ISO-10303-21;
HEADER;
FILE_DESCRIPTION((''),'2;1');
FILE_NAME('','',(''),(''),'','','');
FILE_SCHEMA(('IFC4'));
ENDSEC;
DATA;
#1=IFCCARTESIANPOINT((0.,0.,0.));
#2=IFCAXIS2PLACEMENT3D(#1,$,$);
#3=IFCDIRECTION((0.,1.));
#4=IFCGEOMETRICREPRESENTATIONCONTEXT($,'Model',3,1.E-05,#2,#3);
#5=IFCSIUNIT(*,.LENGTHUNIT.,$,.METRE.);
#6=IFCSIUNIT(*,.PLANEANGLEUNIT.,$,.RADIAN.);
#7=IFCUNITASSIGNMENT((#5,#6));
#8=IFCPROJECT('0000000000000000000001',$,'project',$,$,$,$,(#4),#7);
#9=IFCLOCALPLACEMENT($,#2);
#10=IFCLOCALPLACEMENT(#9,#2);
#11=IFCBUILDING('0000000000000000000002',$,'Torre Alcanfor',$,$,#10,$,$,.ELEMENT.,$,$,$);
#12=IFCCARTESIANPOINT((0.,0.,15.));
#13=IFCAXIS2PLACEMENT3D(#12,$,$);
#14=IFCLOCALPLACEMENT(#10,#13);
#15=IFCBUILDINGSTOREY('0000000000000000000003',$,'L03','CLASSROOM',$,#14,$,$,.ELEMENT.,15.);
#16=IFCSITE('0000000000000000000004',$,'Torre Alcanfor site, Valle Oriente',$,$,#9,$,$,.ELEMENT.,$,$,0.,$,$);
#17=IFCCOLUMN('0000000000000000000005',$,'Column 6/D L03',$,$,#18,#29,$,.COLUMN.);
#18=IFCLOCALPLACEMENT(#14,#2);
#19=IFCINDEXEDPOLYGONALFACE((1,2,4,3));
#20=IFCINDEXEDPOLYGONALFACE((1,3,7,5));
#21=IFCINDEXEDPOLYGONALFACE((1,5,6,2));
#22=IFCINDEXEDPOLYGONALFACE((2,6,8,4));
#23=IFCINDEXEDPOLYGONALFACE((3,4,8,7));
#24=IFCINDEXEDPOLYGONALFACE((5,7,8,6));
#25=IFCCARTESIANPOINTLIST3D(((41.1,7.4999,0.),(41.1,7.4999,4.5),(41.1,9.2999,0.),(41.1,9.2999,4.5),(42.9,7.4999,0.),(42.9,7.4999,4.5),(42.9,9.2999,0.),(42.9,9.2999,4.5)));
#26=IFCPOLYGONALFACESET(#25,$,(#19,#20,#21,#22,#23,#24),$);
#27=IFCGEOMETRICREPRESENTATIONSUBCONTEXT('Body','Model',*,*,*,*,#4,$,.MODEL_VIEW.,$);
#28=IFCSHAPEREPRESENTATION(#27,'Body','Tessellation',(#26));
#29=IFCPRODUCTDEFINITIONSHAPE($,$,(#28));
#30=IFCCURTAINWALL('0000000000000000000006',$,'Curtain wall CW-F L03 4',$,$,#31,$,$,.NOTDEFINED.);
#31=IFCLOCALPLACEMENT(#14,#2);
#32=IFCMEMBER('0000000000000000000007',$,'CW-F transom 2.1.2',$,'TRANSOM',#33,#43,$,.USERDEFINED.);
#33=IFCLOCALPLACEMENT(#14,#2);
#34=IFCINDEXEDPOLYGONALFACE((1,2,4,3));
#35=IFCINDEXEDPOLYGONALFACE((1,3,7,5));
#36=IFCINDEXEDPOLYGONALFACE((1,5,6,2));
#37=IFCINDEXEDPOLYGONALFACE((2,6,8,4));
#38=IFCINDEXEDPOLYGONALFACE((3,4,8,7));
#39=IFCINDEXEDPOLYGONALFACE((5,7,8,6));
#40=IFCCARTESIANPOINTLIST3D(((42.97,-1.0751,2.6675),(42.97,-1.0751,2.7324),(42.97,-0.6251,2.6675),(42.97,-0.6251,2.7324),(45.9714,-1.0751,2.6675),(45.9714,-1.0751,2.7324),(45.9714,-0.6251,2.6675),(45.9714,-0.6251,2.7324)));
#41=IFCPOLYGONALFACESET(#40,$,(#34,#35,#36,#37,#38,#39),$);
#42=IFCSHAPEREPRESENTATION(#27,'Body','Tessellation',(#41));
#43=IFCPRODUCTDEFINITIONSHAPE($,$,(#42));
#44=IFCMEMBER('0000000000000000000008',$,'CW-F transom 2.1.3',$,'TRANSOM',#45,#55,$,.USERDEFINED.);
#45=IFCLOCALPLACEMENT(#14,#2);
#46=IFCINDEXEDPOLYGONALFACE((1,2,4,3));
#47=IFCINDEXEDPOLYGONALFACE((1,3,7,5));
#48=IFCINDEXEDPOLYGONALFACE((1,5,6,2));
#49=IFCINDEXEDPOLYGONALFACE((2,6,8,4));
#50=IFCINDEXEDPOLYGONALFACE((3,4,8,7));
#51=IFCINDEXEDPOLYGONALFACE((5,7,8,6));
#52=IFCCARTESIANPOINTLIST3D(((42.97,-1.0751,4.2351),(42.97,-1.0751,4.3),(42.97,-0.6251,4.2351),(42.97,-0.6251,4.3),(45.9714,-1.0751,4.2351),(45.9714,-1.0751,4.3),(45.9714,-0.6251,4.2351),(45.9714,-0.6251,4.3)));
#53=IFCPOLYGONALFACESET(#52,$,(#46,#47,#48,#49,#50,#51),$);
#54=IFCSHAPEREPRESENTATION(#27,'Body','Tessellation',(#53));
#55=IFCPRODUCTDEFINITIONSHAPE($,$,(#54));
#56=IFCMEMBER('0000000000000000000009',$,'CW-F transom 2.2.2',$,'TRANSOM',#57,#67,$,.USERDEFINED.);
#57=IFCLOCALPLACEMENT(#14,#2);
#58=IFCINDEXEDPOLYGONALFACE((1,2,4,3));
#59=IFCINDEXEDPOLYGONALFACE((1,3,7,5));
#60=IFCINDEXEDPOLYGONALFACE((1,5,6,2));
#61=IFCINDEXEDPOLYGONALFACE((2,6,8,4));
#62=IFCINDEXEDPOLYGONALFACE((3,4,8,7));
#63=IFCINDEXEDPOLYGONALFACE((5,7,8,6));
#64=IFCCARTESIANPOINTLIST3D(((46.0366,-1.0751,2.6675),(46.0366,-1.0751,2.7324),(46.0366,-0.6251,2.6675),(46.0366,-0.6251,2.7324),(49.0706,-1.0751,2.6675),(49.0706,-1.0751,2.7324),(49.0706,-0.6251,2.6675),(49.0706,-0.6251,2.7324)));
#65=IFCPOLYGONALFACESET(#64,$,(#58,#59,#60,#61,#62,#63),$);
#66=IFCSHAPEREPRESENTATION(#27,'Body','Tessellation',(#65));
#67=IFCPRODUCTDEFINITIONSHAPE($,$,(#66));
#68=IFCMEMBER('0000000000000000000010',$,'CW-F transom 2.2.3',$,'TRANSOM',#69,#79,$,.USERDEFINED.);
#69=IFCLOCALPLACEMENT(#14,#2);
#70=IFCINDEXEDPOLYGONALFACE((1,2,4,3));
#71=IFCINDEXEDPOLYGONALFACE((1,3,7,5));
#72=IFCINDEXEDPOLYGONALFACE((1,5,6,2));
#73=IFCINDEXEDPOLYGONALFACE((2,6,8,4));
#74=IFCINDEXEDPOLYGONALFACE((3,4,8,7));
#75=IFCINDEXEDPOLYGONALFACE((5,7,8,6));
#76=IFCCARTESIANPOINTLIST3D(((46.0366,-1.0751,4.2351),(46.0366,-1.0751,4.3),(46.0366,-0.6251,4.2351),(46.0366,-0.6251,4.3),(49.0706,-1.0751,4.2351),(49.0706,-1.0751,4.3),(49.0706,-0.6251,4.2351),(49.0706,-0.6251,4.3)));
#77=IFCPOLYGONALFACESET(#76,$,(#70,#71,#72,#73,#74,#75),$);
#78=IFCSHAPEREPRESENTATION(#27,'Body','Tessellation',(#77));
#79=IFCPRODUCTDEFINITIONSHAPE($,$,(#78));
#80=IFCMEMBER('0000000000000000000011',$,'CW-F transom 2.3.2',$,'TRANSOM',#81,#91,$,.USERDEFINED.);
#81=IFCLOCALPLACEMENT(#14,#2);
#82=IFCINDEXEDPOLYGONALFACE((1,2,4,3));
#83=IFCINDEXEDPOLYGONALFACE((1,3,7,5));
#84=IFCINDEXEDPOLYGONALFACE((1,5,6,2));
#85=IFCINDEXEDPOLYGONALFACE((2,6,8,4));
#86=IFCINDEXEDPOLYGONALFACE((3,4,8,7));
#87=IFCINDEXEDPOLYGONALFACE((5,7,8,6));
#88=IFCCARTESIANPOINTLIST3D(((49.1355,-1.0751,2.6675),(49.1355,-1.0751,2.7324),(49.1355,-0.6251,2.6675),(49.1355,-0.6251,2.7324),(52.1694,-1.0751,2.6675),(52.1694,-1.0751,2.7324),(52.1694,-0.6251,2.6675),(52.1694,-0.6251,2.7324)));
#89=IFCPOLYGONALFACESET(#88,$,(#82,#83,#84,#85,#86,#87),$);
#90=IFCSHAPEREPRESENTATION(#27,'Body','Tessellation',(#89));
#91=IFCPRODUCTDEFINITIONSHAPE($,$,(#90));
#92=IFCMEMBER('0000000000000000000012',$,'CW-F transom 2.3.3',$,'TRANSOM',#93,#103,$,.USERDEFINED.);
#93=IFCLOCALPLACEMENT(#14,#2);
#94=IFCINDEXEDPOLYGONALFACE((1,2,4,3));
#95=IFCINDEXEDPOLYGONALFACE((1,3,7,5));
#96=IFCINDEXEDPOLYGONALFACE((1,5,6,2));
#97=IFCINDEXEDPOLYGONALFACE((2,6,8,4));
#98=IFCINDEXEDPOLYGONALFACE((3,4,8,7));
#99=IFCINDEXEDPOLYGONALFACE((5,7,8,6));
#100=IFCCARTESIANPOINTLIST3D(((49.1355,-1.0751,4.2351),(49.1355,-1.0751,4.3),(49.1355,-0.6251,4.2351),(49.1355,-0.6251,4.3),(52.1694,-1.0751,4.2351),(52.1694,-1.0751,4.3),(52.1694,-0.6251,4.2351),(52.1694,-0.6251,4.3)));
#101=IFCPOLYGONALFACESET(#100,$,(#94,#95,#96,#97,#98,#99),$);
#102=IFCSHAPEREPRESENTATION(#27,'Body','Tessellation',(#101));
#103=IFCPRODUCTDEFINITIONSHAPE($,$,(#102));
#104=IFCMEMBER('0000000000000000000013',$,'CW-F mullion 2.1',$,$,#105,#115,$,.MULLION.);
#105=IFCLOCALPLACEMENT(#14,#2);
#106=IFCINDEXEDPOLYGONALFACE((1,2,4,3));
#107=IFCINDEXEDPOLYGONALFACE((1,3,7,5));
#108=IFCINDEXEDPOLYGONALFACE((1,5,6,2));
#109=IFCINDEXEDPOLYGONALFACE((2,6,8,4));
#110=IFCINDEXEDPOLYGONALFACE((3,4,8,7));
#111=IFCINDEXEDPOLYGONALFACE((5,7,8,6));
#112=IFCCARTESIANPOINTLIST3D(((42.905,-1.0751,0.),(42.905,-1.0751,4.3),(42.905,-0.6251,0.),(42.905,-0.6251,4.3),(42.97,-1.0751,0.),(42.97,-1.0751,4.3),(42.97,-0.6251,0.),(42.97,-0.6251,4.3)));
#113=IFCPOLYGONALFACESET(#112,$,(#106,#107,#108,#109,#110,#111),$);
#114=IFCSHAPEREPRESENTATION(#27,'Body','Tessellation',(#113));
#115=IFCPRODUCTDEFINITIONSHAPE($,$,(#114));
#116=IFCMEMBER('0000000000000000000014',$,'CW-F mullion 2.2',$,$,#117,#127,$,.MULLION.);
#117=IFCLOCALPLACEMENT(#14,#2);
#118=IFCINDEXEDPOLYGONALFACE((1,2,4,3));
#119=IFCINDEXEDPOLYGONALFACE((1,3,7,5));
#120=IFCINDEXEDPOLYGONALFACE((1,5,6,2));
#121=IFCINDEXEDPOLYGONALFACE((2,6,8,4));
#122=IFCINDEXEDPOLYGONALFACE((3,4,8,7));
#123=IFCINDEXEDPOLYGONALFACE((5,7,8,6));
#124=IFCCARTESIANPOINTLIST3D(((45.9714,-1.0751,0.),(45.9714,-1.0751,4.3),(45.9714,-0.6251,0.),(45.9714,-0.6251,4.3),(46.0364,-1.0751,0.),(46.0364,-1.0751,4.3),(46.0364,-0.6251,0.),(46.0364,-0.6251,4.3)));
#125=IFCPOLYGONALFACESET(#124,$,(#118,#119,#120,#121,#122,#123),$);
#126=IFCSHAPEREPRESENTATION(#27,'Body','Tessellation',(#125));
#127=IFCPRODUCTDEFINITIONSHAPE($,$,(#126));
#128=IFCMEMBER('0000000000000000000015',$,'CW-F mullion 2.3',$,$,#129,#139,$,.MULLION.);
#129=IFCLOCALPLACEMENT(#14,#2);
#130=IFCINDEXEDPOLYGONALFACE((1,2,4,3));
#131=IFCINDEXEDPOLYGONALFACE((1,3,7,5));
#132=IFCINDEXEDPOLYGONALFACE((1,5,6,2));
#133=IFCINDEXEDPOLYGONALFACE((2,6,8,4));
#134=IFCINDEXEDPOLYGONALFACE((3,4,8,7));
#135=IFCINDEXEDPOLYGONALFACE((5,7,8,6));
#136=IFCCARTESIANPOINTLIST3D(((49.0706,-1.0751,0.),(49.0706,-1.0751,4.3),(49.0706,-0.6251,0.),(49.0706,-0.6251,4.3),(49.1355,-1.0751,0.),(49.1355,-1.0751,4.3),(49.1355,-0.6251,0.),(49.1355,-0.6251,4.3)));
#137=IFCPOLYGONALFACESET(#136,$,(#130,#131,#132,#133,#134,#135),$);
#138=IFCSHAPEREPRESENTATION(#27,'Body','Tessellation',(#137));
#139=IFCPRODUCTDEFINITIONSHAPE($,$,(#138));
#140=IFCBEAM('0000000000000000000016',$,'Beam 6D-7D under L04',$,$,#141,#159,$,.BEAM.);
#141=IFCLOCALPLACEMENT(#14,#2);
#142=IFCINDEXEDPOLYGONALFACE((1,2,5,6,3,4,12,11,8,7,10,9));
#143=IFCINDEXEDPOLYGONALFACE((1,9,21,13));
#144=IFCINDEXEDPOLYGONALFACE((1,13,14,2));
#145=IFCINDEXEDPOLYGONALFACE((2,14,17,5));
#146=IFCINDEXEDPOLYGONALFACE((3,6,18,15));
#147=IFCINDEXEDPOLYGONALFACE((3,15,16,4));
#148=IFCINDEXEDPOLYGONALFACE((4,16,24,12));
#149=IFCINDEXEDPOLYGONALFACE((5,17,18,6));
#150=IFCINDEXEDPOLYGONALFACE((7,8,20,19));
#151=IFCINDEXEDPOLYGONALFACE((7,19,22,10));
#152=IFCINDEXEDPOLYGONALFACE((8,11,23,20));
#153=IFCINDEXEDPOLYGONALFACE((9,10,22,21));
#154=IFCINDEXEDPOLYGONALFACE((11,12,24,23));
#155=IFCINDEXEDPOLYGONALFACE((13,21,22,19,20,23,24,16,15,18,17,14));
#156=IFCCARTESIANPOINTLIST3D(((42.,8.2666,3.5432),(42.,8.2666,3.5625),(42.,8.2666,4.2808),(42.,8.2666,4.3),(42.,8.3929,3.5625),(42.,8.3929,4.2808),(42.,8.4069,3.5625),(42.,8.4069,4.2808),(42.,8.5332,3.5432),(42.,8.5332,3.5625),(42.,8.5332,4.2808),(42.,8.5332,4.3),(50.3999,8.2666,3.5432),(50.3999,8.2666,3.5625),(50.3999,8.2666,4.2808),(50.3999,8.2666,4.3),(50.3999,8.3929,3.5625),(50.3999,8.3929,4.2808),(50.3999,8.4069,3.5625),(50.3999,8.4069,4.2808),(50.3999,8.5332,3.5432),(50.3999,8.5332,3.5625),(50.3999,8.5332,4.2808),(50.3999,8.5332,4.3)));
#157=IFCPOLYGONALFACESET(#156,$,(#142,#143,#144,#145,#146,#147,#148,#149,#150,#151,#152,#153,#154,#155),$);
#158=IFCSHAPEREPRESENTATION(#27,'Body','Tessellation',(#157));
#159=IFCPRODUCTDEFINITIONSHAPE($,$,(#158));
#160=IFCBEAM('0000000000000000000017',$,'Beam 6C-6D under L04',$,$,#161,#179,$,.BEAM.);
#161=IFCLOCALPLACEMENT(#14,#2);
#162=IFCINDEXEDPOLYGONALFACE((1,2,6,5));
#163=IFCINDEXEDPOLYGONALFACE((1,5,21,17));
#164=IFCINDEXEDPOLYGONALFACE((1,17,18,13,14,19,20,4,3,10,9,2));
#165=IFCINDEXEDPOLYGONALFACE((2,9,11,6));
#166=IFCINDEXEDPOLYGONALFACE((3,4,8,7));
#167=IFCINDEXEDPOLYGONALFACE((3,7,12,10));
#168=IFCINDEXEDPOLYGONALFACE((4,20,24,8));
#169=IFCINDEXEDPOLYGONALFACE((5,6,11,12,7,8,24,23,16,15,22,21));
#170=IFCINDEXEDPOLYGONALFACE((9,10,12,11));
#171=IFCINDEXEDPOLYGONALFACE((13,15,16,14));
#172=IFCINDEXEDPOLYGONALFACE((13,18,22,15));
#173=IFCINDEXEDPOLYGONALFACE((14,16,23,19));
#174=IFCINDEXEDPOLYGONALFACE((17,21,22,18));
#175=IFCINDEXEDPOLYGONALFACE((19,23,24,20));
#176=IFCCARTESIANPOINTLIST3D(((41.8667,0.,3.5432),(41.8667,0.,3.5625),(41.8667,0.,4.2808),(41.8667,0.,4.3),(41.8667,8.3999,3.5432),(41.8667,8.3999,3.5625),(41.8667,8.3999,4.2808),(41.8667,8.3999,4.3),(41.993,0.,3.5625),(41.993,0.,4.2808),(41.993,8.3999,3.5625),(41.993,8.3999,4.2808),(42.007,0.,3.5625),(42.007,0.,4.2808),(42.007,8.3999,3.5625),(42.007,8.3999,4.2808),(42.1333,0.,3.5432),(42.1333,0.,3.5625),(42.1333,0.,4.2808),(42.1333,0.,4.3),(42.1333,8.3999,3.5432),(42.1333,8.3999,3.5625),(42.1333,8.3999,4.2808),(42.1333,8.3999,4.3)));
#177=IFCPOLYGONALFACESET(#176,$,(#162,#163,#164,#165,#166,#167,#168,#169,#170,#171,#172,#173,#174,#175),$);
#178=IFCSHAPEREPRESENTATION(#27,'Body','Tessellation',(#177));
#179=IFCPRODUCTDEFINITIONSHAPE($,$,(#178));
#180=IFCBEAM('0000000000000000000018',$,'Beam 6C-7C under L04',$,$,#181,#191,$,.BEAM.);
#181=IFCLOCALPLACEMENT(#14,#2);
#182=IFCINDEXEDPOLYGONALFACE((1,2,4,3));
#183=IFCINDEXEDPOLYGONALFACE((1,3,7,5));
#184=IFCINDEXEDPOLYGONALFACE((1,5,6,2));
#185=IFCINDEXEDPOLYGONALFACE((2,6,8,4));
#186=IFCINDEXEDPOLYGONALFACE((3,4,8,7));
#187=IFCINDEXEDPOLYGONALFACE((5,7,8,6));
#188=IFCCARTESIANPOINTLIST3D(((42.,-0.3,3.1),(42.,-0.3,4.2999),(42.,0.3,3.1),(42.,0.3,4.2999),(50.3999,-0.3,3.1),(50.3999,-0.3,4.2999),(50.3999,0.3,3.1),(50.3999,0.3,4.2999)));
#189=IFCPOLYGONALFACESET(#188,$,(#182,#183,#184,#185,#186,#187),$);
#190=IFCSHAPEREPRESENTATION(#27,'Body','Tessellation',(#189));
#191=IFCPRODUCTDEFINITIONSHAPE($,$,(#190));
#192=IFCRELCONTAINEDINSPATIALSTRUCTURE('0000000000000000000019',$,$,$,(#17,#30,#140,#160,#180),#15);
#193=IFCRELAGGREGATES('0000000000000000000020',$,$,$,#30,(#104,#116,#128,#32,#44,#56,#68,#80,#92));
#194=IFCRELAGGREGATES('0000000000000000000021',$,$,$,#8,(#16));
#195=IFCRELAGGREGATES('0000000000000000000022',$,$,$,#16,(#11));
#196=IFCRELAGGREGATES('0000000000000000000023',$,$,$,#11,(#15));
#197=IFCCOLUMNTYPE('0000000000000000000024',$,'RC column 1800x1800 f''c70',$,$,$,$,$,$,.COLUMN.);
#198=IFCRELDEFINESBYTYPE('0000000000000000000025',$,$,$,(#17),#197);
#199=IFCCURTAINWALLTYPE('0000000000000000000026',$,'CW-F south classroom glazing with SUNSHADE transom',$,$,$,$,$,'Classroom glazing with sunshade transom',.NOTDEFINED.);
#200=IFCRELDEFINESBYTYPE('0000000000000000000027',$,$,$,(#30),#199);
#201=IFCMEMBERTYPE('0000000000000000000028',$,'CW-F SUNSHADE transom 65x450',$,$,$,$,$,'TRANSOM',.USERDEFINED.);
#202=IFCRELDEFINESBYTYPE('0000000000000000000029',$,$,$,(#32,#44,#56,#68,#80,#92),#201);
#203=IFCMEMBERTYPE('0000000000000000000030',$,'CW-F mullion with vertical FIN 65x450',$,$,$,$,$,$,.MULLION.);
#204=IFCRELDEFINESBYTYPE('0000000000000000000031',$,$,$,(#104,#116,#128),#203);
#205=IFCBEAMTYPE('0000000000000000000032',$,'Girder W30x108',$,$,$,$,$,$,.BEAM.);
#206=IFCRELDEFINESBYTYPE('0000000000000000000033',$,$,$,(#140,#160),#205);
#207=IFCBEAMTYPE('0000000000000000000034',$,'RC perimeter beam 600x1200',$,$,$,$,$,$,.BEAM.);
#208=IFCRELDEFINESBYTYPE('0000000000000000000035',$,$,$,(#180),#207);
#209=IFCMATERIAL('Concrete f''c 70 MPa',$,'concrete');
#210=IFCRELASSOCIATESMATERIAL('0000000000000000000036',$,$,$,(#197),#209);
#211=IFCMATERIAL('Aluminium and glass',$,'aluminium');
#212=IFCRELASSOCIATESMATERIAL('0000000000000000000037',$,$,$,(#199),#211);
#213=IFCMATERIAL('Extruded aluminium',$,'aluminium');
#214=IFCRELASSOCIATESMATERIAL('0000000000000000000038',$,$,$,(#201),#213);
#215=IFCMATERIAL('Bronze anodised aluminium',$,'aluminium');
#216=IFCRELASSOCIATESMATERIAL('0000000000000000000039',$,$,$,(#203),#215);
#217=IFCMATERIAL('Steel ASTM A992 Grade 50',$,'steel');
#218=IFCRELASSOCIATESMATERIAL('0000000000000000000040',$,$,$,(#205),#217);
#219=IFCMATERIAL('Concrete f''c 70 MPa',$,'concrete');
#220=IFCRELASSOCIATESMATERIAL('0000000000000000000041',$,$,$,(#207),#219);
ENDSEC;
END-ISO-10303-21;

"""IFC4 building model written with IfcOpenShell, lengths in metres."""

from ifc_helpers import new_model, si_unit, direction, frame, origin, origin_2d, place, context, subcontext, project, spatial, rectangle, i_section, extrude, material, material_profile, profile_set, type_object, element, aggregate, save


model = new_model("IFC4")

# Units and contexts
model_context = context("Model", 3, precision=1e-05, world=origin(), true_north=direction((0.0, 1.0)))
body_context = subcontext(model_context, "Body", "Model", "MODEL_VIEW")
ifc_project = project(units=[si_unit("LENGTHUNIT", "METRE"), si_unit("PLANEANGLEUNIT", "RADIAN")], contexts=[model_context])

# Site, building, storey
site_placement = place(None, origin())
site = spatial("IfcSite", under=ifc_project, at=site_placement, Name="Torre Alcanfor site, Valle Oriente", CompositionType="ELEMENT", RefElevation=0.0)
building_placement = place(site_placement, origin())
building = spatial("IfcBuilding", under=site, at=building_placement, Name="Torre Alcanfor", CompositionType="ELEMENT")
storey_placement = place(building_placement, frame((0.0, 0.0, 15.0)))
storey = spatial("IfcBuildingStorey", under=building, at=storey_placement, Name="L03", Description="CLASSROOM", CompositionType="ELEMENT", Elevation=15.0)

# Column
ifc_material_1 = material(Name="Concrete f'c 70 MPa", Category="concrete")
ifc_material_profile_1 = material_profile(ifc_material_1, rectangle(XDim=1.8, YDim=1.8, at=origin_2d()), Name="1800x1800")
ifc_profile_set_1 = profile_set([ifc_material_profile_1], Name="Concrete f'c 70 MPa")
column_type = type_object("IfcColumnType", Name="RC column 1800x1800 f'c70", PredefinedType="COLUMN", material=ifc_profile_set_1)
column_placement = place(storey_placement, frame((42.0, 8.3999, 0.0), z_axis=(0.0, 0.0, 1.0), x_axis=(1.0, 0.0, 0.0)))
element("IfcColumn", 1, at=column_placement, inside=storey, type_object=column_type, Name="Column 6/D L03", PredefinedType="COLUMN", context=body_context, shape_type="SweptSolid", body=[
    extrude(rectangle(XDim=1.8, YDim=1.8, at=origin_2d()), origin(), (0.0, 0.0, 1.0), 4.5),
])

# Curtain wall, members
ifc_material_2 = material(Name="Aluminium and glass", Category="aluminium")
curtain_wall_type = type_object("IfcCurtainWallType", Name="CW-F south classroom glazing with SUNSHADE transom", ElementType="Classroom glazing with sunshade transom", PredefinedType="NOTDEFINED", material=ifc_material_2)
curtain_wall_placement = place(storey_placement, origin())
curtain_wall = element("IfcCurtainWall", 2, at=curtain_wall_placement, inside=storey, type_object=curtain_wall_type, Name="Curtain wall CW-F L03 4", PredefinedType="NOTDEFINED")
ifc_material_3 = material(Name="Extruded aluminium", Category="aluminium")
ifc_material_profile_2 = material_profile(ifc_material_3, rectangle(XDim=0.45, YDim=0.0649, at=origin_2d()), Name="CW-F transom 450x65")
ifc_profile_set_2 = profile_set([ifc_material_profile_2], Name="Extruded aluminium")
member_type_1 = type_object("IfcMemberType", Name="CW-F SUNSHADE transom 65x450", ElementType="TRANSOM", PredefinedType="USERDEFINED", material=ifc_profile_set_2)
member_1_placement = place(storey_placement, frame((42.97, -0.8501, 2.7), z_axis=(1.0, 0.0, 0.0), x_axis=(0.0, 1.0, 0.0)))
member_1 = element("IfcMember", 3, at=member_1_placement, type_object=member_type_1, Name="CW-F transom 2.1.2", ObjectType="TRANSOM", PredefinedType="USERDEFINED", context=body_context, shape_type="SweptSolid", body=[
    extrude(rectangle(XDim=0.45, YDim=0.0649, at=origin_2d()), origin(), (0.0, 0.0, 1.0), 3.0015),
])
member_2_placement = place(storey_placement, frame((42.97, -0.8501, 4.2676), z_axis=(1.0, 0.0, 0.0), x_axis=(0.0, 1.0, 0.0)))
member_2 = element("IfcMember", 4, at=member_2_placement, type_object=member_type_1, Name="CW-F transom 2.1.3", ObjectType="TRANSOM", PredefinedType="USERDEFINED", context=body_context, shape_type="SweptSolid", body=[
    extrude(rectangle(XDim=0.45, YDim=0.0649, at=origin_2d()), origin(), (0.0, 0.0, 1.0), 3.0015),
])
member_3_placement = place(storey_placement, frame((46.0366, -0.8501, 2.7), z_axis=(1.0, 0.0, 0.0), x_axis=(0.0, 1.0, 0.0)))
member_3 = element("IfcMember", 5, at=member_3_placement, type_object=member_type_1, Name="CW-F transom 2.2.2", ObjectType="TRANSOM", PredefinedType="USERDEFINED", context=body_context, shape_type="SweptSolid", body=[
    extrude(rectangle(XDim=0.45, YDim=0.0649, at=origin_2d()), origin(), (0.0, 0.0, 1.0), 3.0339),
])
member_4_placement = place(storey_placement, frame((46.0366, -0.8501, 4.2676), z_axis=(1.0, 0.0, 0.0), x_axis=(0.0, 1.0, 0.0)))
member_4 = element("IfcMember", 6, at=member_4_placement, type_object=member_type_1, Name="CW-F transom 2.2.3", ObjectType="TRANSOM", PredefinedType="USERDEFINED", context=body_context, shape_type="SweptSolid", body=[
    extrude(rectangle(XDim=0.45, YDim=0.0649, at=origin_2d()), origin(), (0.0, 0.0, 1.0), 3.0339),
])
member_5_placement = place(storey_placement, frame((49.1355, -0.8501, 2.7), z_axis=(1.0, 0.0, 0.0), x_axis=(0.0, 1.0, 0.0)))
member_5 = element("IfcMember", 7, at=member_5_placement, type_object=member_type_1, Name="CW-F transom 2.3.2", ObjectType="TRANSOM", PredefinedType="USERDEFINED", context=body_context, shape_type="SweptSolid", body=[
    extrude(rectangle(XDim=0.45, YDim=0.0649, at=origin_2d()), origin(), (0.0, 0.0, 1.0), 3.0339),
])
member_6_placement = place(storey_placement, frame((49.1355, -0.8501, 4.2676), z_axis=(1.0, 0.0, 0.0), x_axis=(0.0, 1.0, 0.0)))
member_6 = element("IfcMember", 8, at=member_6_placement, type_object=member_type_1, Name="CW-F transom 2.3.3", ObjectType="TRANSOM", PredefinedType="USERDEFINED", context=body_context, shape_type="SweptSolid", body=[
    extrude(rectangle(XDim=0.45, YDim=0.0649, at=origin_2d()), origin(), (0.0, 0.0, 1.0), 3.0339),
])
ifc_material_4 = material(Name="Bronze anodised aluminium", Category="aluminium")
ifc_material_profile_3 = material_profile(ifc_material_4, rectangle(XDim=0.45, YDim=0.0649, at=origin_2d()), Name="CW-F mullion 65x450")
ifc_profile_set_3 = profile_set([ifc_material_profile_3], Name="Bronze anodised aluminium")
member_type_2 = type_object("IfcMemberType", Name="CW-F mullion with vertical FIN 65x450", PredefinedType="MULLION", material=ifc_profile_set_3)
member_7_placement = place(storey_placement, frame((42.9375, -0.8501, 0.0), z_axis=(0.0, 0.0, 1.0), x_axis=(0.0, 1.0, 0.0)))
member_7 = element("IfcMember", 9, at=member_7_placement, type_object=member_type_2, Name="CW-F mullion 2.1", PredefinedType="MULLION", context=body_context, shape_type="SweptSolid", body=[
    extrude(rectangle(XDim=0.45, YDim=0.0649, at=origin_2d()), origin(), (0.0, 0.0, 1.0), 4.3),
])
member_8_placement = place(storey_placement, frame((46.0039, -0.8501, 0.0), z_axis=(0.0, 0.0, 1.0), x_axis=(0.0, 1.0, 0.0)))
member_8 = element("IfcMember", 10, at=member_8_placement, type_object=member_type_2, Name="CW-F mullion 2.2", PredefinedType="MULLION", context=body_context, shape_type="SweptSolid", body=[
    extrude(rectangle(XDim=0.45, YDim=0.0649, at=origin_2d()), origin(), (0.0, 0.0, 1.0), 4.3),
])
member_9_placement = place(storey_placement, frame((49.103, -0.8501, 0.0), z_axis=(0.0, 0.0, 1.0), x_axis=(0.0, 1.0, 0.0)))
member_9 = element("IfcMember", 11, at=member_9_placement, type_object=member_type_2, Name="CW-F mullion 2.3", PredefinedType="MULLION", context=body_context, shape_type="SweptSolid", body=[
    extrude(rectangle(XDim=0.45, YDim=0.0649, at=origin_2d()), origin(), (0.0, 0.0, 1.0), 4.3),
])

# Beams
ifc_material_5 = material(Name="Steel ASTM A992 Grade 50", Category="steel")
ifc_material_profile_4 = material_profile(ifc_material_5, i_section(OverallWidth=0.2666, OverallDepth=0.7568, WebThickness=0.0139, FlangeThickness=0.0193, at=origin_2d()), Name="W30x108")
ifc_profile_set_4 = profile_set([ifc_material_profile_4], Name="Steel ASTM A992 Grade 50")
beam_type_1 = type_object("IfcBeamType", Name="Girder W30x108", PredefinedType="BEAM", material=ifc_profile_set_4)
for number, where, z_axis, x_axis, name in (
    (12, (42.0, 8.3999, 3.9216), (1.0, 0.0, 0.0), (0.0, 1.0, 0.0), "Beam 6D-7D under L04"),
    (13, (42.0, 0.0, 3.9216), (0.0, 1.0, 0.0), (-1.0, 0.0, 0.0), "Beam 6C-6D under L04"),
):
    element("IfcBeam", number, at=place(storey_placement, frame(where, z_axis=z_axis, x_axis=x_axis)), inside=storey, type_object=beam_type_1, Name=name, PredefinedType="BEAM", context=body_context, shape_type="SweptSolid", body=[
        extrude(i_section(OverallWidth=0.2666, OverallDepth=0.7568, WebThickness=0.0139, FlangeThickness=0.0193, at=origin_2d()), origin(), (0.0, 0.0, 1.0), 8.3999),
    ])
ifc_material_6 = material(Name="Concrete f'c 70 MPa", Category="concrete")
ifc_material_profile_5 = material_profile(ifc_material_6, rectangle(XDim=0.6001, YDim=1.2, at=origin_2d()), Name="600x1200")
ifc_profile_set_5 = profile_set([ifc_material_profile_5], Name="Concrete f'c 70 MPa")
beam_type_2 = type_object("IfcBeamType", Name="RC perimeter beam 600x1200", PredefinedType="BEAM", material=ifc_profile_set_5)
beam_1_placement = place(storey_placement, frame((42.0, 0.0, 3.7), z_axis=(1.0, 0.0, 0.0), x_axis=(0.0, 1.0, 0.0)))
element("IfcBeam", 14, at=beam_1_placement, inside=storey, type_object=beam_type_2, Name="Beam 6C-7C under L04", PredefinedType="BEAM", context=body_context, shape_type="SweptSolid", body=[
    extrude(rectangle(XDim=0.6001, YDim=1.2, at=origin_2d()), origin(), (0.0, 0.0, 1.0), 8.3999),
])

aggregate(curtain_wall, [member_7, member_8, member_9, member_1, member_2, member_3, member_4, member_5, member_6])

save(model, "model.ifc")
